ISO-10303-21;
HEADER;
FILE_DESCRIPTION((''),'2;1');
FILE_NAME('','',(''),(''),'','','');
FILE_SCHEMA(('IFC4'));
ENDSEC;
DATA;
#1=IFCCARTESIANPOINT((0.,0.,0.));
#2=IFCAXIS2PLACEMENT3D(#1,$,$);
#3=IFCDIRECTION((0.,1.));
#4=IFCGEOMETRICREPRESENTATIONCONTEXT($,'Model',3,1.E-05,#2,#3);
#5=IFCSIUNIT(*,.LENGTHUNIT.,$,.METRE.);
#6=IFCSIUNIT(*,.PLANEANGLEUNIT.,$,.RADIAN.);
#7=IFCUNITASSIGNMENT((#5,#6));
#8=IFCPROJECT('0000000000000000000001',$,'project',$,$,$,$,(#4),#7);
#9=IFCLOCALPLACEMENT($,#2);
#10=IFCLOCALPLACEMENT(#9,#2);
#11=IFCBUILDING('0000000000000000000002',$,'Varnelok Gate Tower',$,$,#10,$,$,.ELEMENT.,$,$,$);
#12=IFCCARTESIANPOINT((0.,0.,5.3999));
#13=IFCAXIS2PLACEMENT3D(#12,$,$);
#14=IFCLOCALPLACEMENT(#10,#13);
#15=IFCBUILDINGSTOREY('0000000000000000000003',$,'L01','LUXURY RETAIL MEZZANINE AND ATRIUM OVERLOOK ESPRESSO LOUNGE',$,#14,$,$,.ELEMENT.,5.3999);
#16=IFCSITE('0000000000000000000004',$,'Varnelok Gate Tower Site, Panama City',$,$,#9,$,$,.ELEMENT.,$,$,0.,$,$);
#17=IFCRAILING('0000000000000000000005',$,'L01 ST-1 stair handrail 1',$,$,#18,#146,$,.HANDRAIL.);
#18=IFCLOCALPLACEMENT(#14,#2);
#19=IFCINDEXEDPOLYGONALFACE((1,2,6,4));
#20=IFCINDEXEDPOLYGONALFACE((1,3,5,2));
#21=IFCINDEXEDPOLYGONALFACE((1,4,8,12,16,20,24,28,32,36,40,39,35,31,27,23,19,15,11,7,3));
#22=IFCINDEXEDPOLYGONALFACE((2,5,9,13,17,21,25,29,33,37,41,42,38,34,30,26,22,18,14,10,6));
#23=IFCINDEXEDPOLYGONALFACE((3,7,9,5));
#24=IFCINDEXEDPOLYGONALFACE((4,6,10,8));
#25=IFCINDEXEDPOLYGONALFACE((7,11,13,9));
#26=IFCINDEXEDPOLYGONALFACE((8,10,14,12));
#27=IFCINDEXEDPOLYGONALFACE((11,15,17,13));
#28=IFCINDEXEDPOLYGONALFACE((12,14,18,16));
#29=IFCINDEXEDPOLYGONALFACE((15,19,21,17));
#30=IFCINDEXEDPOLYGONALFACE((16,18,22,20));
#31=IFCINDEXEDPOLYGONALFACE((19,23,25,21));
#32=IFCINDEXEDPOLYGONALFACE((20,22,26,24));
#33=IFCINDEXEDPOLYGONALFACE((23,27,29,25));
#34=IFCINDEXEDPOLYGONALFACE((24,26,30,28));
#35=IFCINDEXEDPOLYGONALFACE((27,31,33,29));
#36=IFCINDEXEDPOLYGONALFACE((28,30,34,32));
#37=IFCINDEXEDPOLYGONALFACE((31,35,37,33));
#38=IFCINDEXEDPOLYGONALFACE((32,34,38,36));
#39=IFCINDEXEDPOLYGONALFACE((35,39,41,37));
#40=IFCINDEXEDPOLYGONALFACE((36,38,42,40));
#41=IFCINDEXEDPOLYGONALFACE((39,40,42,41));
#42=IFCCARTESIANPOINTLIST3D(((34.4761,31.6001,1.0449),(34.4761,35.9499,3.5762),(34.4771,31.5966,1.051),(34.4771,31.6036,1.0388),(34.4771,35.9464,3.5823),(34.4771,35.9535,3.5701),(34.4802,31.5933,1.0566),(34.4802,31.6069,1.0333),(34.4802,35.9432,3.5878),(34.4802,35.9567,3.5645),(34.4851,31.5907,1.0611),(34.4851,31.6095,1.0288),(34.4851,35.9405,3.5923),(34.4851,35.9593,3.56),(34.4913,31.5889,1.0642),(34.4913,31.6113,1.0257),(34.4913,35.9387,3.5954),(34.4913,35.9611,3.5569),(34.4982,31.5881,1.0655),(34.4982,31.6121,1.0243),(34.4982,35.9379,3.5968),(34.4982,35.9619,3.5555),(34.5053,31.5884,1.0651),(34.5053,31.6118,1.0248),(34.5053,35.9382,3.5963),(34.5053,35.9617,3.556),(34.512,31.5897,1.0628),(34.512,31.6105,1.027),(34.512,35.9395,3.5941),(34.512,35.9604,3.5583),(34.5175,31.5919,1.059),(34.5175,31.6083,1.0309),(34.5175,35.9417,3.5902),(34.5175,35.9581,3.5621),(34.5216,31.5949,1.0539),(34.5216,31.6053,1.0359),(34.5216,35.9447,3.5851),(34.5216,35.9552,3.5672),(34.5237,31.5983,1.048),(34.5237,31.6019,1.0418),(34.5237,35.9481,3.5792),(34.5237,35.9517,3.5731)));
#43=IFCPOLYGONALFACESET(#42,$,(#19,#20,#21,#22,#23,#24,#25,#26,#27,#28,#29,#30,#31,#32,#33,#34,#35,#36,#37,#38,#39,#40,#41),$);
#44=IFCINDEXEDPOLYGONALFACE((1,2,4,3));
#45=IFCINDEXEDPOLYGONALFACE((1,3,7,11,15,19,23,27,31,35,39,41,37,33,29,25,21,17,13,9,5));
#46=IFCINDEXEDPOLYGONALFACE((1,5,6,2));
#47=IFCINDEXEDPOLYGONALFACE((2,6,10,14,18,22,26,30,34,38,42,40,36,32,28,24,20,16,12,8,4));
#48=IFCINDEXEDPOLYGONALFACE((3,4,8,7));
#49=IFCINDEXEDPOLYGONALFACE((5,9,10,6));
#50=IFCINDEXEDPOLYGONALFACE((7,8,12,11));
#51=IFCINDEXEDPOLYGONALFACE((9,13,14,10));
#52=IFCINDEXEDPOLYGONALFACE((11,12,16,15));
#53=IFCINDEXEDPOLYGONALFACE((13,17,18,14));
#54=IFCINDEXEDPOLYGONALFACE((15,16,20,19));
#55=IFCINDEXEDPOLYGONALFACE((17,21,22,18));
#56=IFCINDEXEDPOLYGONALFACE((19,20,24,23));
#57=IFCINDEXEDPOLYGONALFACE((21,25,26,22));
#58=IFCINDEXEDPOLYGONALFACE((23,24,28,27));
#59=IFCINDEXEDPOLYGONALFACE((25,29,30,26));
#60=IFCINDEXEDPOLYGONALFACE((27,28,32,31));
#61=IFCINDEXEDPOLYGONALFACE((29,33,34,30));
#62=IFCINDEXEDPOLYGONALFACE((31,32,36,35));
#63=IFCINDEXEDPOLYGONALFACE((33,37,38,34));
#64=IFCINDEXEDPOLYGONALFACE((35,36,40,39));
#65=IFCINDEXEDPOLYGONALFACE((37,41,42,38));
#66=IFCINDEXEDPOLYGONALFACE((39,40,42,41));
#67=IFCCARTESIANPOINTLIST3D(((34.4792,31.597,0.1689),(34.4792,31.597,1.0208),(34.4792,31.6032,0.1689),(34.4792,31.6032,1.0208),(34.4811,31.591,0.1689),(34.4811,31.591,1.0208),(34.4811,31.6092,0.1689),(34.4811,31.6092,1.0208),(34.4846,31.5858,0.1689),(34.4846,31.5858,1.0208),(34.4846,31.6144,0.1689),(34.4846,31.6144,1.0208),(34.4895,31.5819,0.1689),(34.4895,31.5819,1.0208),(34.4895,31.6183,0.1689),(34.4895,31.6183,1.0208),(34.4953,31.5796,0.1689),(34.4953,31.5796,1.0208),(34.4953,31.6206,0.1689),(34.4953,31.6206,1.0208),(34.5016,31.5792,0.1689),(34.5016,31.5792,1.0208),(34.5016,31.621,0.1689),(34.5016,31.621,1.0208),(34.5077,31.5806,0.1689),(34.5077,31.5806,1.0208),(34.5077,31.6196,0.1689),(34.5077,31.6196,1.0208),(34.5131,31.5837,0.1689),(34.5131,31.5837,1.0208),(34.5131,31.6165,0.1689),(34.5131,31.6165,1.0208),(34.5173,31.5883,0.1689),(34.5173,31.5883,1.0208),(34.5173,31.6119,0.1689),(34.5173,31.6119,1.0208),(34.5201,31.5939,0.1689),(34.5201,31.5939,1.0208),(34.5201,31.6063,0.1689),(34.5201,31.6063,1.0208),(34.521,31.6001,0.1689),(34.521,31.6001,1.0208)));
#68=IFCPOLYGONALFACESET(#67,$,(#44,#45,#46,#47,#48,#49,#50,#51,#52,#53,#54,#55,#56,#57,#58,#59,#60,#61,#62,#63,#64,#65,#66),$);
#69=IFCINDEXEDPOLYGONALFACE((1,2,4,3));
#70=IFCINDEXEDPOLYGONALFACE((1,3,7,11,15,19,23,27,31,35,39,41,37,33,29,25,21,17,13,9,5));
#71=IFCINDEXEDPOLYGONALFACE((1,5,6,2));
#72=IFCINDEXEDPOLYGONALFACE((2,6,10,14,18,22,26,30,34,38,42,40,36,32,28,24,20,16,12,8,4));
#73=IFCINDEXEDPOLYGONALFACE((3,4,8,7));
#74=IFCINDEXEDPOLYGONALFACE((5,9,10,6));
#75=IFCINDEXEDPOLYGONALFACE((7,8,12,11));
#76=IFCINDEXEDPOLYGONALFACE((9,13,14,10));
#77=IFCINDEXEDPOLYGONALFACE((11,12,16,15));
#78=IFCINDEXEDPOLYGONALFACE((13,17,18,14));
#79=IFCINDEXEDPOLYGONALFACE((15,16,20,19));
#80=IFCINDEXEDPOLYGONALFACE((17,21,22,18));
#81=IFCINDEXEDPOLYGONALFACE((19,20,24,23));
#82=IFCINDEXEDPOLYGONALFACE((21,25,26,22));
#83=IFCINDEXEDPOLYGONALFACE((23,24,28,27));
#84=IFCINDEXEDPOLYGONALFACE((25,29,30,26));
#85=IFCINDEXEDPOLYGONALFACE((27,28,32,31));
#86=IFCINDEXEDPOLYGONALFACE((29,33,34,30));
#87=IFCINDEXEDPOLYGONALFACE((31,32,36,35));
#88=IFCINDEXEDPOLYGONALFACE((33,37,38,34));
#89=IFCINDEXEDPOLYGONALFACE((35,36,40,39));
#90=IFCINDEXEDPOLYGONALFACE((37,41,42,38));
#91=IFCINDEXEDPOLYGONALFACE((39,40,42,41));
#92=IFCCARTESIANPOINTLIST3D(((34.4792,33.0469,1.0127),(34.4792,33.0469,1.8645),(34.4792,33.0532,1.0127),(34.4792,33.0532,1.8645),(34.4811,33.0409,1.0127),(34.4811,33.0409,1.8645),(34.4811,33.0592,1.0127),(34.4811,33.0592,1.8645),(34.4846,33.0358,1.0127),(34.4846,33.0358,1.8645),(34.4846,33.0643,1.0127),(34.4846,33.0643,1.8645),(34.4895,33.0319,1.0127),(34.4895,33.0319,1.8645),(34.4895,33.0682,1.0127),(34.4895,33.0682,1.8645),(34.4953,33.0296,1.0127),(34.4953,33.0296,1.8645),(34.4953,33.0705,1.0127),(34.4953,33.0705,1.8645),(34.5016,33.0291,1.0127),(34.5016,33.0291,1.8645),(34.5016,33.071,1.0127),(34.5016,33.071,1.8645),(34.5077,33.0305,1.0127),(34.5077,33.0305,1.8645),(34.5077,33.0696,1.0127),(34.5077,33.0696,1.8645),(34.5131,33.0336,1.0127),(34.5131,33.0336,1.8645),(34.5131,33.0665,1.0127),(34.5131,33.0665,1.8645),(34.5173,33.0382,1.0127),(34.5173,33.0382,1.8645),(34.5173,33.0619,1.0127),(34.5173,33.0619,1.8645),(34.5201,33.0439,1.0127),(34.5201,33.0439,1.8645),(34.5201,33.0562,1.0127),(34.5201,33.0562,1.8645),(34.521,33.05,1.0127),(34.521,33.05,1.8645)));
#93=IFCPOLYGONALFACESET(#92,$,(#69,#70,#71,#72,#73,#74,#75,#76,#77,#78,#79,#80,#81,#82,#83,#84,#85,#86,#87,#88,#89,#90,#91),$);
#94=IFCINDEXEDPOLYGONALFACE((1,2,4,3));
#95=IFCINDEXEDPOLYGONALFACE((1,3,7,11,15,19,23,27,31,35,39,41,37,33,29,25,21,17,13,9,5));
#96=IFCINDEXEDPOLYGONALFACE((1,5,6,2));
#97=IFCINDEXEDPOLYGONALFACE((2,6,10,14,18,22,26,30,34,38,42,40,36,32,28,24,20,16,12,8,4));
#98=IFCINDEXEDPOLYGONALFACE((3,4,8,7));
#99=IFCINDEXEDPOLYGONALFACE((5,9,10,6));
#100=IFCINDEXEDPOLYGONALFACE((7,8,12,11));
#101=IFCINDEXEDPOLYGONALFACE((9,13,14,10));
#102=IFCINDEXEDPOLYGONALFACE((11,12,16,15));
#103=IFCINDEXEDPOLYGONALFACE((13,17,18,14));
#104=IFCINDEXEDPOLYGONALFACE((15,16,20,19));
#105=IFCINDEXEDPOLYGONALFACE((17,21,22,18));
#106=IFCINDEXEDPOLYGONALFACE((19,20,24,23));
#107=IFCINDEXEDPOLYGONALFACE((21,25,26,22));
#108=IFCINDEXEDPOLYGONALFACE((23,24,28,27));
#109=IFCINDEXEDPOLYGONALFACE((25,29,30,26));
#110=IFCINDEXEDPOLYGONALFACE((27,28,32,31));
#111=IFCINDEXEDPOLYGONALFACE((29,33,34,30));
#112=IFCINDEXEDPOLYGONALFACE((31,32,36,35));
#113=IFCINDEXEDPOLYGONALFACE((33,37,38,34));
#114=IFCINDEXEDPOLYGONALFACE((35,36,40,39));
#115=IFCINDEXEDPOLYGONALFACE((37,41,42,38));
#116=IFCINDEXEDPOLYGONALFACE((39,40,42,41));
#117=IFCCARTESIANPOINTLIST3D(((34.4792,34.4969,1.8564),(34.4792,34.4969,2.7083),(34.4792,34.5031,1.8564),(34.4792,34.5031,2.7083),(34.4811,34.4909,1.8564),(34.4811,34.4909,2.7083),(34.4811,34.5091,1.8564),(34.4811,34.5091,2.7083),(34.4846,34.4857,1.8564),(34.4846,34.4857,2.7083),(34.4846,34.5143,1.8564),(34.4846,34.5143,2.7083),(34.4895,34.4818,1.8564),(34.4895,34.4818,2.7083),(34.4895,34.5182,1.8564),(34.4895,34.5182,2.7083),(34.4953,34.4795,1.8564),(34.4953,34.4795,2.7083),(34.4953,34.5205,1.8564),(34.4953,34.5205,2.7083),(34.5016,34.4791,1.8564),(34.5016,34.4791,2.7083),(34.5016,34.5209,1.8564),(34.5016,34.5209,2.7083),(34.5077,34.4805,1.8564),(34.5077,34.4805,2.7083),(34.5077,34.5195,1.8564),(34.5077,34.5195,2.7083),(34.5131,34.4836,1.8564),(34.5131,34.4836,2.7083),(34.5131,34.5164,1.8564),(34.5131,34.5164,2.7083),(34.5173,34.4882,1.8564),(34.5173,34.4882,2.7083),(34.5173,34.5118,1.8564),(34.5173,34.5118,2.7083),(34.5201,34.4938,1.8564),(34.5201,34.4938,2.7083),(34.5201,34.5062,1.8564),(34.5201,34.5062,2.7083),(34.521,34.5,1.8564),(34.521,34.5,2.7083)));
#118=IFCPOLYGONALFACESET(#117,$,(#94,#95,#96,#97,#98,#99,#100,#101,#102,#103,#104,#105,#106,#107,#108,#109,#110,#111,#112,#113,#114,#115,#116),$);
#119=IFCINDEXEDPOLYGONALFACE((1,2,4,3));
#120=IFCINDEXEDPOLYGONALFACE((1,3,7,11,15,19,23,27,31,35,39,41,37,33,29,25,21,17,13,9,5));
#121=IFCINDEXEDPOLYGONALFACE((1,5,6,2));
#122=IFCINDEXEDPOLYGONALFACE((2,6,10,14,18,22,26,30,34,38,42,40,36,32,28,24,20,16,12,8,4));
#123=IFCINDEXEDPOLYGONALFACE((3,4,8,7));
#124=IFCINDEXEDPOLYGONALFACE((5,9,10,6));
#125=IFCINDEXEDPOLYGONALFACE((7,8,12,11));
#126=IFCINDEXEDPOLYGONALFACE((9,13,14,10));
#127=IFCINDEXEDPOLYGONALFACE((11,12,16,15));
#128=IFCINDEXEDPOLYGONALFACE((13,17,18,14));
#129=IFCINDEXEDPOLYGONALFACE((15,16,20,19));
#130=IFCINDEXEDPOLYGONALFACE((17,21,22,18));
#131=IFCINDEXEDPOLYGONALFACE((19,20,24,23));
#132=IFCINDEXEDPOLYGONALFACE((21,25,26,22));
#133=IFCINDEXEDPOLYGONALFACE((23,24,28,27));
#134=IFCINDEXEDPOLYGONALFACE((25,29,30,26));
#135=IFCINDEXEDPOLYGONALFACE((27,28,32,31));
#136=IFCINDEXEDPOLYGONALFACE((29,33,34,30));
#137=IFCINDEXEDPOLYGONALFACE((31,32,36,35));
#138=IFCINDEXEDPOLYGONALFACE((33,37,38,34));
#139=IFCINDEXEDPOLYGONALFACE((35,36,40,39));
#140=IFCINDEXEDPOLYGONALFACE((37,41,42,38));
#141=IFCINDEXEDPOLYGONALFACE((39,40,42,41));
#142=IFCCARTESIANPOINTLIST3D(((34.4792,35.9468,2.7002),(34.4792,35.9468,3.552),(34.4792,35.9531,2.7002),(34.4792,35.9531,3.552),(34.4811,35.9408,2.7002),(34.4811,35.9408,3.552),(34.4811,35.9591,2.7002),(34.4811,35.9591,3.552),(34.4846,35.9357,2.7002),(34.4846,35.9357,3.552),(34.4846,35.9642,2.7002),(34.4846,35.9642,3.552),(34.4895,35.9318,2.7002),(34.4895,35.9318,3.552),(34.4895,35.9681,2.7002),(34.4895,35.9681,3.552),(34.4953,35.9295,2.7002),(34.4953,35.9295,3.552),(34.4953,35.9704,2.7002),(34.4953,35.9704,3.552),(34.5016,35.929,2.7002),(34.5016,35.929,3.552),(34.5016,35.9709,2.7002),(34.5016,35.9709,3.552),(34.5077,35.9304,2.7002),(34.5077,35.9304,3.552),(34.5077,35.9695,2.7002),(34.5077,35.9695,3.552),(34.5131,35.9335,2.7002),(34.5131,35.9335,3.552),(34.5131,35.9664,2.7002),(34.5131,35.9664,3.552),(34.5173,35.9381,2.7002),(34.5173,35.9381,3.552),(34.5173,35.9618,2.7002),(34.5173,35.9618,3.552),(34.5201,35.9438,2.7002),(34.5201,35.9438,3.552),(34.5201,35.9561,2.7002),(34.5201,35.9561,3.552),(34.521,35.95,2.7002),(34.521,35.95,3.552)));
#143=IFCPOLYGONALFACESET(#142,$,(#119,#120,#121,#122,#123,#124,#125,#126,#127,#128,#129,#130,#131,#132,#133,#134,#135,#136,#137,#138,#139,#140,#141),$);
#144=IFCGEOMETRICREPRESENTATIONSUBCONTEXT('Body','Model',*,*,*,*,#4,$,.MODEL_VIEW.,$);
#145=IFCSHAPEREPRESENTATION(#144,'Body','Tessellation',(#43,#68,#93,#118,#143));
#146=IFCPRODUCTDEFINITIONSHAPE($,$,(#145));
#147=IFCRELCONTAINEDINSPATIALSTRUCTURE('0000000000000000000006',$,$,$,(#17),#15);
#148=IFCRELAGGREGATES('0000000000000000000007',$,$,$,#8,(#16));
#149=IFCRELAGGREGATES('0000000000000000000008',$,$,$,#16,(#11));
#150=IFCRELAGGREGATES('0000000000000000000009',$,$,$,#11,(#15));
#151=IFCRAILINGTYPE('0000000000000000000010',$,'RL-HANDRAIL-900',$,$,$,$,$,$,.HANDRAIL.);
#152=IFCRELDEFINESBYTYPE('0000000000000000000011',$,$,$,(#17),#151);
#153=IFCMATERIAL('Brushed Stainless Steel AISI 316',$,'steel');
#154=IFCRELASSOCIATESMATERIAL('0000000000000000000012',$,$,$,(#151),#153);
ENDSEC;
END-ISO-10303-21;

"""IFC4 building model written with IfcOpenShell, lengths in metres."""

from ifc_helpers import new_model, si_unit, direction, frame, origin, origin_2d, place, context, subcontext, project, spatial, circle, extrude, material, type_object, element, save


model = new_model("IFC4")

# Units and contexts
model_context = context("Model", 3, precision=1e-05, world=origin(), true_north=direction((0.0, 1.0)))
body_context = subcontext(model_context, "Body", "Model", "MODEL_VIEW")
ifc_project = project(units=[si_unit("LENGTHUNIT", "METRE"), si_unit("PLANEANGLEUNIT", "RADIAN")], contexts=[model_context])

# Site, building, storey
site_placement = place(None, origin())
site = spatial("IfcSite", under=ifc_project, at=site_placement, Name="Varnelok Gate Tower Site, Panama City", CompositionType="ELEMENT", RefElevation=0.0)
building_placement = place(site_placement, origin())
building = spatial("IfcBuilding", under=site, at=building_placement, Name="Varnelok Gate Tower", CompositionType="ELEMENT")
storey_placement = place(building_placement, frame((0.0, 0.0, 5.3999)))
storey = spatial("IfcBuildingStorey", under=building, at=storey_placement, Name="L01", Description="LUXURY RETAIL MEZZANINE AND ATRIUM OVERLOOK ESPRESSO LOUNGE", CompositionType="ELEMENT", Elevation=5.3999)

# Railing
ifc_material_1 = material(Name="Brushed Stainless Steel AISI 316", Category="steel")
railing_type_1 = type_object("IfcRailingType", Name="RL-HANDRAIL-900", PredefinedType="HANDRAIL", material=ifc_material_1)
railing_1_placement = place(storey_placement, frame((34.5, 31.6001, 0.1689)))
element("IfcRailing", 1, at=railing_1_placement, inside=storey, type_object=railing_type_1, Name="L01 ST-1 stair handrail 1", PredefinedType="HANDRAIL", context=body_context, shape_type="SweptSolid", body=[
    extrude(circle(Radius=0.0239, at=origin_2d()), frame((0.0, 0.0, 0.876), z_axis=(0.0, 0.864312, 0.502957), x_axis=(-1.0, 0.0, 0.0)), (0.0, 0.0, 1.0), 5.0327),
    extrude(circle(Radius=0.021, at=origin_2d()), origin(), (0.0, 0.0, 1.0), 0.8518),
    extrude(circle(Radius=0.021, at=origin_2d()), frame((0.0, 1.45, 0.8438)), (0.0, 0.0, 1.0), 0.8518),
    extrude(circle(Radius=0.021, at=origin_2d()), frame((0.0, 2.8999, 1.6875)), (0.0, 0.0, 1.0), 0.8518),
    extrude(circle(Radius=0.021, at=origin_2d()), frame((0.0, 4.3499, 2.5312)), (0.0, 0.0, 1.0), 0.8518),
])

save(model, "model.ifc")
